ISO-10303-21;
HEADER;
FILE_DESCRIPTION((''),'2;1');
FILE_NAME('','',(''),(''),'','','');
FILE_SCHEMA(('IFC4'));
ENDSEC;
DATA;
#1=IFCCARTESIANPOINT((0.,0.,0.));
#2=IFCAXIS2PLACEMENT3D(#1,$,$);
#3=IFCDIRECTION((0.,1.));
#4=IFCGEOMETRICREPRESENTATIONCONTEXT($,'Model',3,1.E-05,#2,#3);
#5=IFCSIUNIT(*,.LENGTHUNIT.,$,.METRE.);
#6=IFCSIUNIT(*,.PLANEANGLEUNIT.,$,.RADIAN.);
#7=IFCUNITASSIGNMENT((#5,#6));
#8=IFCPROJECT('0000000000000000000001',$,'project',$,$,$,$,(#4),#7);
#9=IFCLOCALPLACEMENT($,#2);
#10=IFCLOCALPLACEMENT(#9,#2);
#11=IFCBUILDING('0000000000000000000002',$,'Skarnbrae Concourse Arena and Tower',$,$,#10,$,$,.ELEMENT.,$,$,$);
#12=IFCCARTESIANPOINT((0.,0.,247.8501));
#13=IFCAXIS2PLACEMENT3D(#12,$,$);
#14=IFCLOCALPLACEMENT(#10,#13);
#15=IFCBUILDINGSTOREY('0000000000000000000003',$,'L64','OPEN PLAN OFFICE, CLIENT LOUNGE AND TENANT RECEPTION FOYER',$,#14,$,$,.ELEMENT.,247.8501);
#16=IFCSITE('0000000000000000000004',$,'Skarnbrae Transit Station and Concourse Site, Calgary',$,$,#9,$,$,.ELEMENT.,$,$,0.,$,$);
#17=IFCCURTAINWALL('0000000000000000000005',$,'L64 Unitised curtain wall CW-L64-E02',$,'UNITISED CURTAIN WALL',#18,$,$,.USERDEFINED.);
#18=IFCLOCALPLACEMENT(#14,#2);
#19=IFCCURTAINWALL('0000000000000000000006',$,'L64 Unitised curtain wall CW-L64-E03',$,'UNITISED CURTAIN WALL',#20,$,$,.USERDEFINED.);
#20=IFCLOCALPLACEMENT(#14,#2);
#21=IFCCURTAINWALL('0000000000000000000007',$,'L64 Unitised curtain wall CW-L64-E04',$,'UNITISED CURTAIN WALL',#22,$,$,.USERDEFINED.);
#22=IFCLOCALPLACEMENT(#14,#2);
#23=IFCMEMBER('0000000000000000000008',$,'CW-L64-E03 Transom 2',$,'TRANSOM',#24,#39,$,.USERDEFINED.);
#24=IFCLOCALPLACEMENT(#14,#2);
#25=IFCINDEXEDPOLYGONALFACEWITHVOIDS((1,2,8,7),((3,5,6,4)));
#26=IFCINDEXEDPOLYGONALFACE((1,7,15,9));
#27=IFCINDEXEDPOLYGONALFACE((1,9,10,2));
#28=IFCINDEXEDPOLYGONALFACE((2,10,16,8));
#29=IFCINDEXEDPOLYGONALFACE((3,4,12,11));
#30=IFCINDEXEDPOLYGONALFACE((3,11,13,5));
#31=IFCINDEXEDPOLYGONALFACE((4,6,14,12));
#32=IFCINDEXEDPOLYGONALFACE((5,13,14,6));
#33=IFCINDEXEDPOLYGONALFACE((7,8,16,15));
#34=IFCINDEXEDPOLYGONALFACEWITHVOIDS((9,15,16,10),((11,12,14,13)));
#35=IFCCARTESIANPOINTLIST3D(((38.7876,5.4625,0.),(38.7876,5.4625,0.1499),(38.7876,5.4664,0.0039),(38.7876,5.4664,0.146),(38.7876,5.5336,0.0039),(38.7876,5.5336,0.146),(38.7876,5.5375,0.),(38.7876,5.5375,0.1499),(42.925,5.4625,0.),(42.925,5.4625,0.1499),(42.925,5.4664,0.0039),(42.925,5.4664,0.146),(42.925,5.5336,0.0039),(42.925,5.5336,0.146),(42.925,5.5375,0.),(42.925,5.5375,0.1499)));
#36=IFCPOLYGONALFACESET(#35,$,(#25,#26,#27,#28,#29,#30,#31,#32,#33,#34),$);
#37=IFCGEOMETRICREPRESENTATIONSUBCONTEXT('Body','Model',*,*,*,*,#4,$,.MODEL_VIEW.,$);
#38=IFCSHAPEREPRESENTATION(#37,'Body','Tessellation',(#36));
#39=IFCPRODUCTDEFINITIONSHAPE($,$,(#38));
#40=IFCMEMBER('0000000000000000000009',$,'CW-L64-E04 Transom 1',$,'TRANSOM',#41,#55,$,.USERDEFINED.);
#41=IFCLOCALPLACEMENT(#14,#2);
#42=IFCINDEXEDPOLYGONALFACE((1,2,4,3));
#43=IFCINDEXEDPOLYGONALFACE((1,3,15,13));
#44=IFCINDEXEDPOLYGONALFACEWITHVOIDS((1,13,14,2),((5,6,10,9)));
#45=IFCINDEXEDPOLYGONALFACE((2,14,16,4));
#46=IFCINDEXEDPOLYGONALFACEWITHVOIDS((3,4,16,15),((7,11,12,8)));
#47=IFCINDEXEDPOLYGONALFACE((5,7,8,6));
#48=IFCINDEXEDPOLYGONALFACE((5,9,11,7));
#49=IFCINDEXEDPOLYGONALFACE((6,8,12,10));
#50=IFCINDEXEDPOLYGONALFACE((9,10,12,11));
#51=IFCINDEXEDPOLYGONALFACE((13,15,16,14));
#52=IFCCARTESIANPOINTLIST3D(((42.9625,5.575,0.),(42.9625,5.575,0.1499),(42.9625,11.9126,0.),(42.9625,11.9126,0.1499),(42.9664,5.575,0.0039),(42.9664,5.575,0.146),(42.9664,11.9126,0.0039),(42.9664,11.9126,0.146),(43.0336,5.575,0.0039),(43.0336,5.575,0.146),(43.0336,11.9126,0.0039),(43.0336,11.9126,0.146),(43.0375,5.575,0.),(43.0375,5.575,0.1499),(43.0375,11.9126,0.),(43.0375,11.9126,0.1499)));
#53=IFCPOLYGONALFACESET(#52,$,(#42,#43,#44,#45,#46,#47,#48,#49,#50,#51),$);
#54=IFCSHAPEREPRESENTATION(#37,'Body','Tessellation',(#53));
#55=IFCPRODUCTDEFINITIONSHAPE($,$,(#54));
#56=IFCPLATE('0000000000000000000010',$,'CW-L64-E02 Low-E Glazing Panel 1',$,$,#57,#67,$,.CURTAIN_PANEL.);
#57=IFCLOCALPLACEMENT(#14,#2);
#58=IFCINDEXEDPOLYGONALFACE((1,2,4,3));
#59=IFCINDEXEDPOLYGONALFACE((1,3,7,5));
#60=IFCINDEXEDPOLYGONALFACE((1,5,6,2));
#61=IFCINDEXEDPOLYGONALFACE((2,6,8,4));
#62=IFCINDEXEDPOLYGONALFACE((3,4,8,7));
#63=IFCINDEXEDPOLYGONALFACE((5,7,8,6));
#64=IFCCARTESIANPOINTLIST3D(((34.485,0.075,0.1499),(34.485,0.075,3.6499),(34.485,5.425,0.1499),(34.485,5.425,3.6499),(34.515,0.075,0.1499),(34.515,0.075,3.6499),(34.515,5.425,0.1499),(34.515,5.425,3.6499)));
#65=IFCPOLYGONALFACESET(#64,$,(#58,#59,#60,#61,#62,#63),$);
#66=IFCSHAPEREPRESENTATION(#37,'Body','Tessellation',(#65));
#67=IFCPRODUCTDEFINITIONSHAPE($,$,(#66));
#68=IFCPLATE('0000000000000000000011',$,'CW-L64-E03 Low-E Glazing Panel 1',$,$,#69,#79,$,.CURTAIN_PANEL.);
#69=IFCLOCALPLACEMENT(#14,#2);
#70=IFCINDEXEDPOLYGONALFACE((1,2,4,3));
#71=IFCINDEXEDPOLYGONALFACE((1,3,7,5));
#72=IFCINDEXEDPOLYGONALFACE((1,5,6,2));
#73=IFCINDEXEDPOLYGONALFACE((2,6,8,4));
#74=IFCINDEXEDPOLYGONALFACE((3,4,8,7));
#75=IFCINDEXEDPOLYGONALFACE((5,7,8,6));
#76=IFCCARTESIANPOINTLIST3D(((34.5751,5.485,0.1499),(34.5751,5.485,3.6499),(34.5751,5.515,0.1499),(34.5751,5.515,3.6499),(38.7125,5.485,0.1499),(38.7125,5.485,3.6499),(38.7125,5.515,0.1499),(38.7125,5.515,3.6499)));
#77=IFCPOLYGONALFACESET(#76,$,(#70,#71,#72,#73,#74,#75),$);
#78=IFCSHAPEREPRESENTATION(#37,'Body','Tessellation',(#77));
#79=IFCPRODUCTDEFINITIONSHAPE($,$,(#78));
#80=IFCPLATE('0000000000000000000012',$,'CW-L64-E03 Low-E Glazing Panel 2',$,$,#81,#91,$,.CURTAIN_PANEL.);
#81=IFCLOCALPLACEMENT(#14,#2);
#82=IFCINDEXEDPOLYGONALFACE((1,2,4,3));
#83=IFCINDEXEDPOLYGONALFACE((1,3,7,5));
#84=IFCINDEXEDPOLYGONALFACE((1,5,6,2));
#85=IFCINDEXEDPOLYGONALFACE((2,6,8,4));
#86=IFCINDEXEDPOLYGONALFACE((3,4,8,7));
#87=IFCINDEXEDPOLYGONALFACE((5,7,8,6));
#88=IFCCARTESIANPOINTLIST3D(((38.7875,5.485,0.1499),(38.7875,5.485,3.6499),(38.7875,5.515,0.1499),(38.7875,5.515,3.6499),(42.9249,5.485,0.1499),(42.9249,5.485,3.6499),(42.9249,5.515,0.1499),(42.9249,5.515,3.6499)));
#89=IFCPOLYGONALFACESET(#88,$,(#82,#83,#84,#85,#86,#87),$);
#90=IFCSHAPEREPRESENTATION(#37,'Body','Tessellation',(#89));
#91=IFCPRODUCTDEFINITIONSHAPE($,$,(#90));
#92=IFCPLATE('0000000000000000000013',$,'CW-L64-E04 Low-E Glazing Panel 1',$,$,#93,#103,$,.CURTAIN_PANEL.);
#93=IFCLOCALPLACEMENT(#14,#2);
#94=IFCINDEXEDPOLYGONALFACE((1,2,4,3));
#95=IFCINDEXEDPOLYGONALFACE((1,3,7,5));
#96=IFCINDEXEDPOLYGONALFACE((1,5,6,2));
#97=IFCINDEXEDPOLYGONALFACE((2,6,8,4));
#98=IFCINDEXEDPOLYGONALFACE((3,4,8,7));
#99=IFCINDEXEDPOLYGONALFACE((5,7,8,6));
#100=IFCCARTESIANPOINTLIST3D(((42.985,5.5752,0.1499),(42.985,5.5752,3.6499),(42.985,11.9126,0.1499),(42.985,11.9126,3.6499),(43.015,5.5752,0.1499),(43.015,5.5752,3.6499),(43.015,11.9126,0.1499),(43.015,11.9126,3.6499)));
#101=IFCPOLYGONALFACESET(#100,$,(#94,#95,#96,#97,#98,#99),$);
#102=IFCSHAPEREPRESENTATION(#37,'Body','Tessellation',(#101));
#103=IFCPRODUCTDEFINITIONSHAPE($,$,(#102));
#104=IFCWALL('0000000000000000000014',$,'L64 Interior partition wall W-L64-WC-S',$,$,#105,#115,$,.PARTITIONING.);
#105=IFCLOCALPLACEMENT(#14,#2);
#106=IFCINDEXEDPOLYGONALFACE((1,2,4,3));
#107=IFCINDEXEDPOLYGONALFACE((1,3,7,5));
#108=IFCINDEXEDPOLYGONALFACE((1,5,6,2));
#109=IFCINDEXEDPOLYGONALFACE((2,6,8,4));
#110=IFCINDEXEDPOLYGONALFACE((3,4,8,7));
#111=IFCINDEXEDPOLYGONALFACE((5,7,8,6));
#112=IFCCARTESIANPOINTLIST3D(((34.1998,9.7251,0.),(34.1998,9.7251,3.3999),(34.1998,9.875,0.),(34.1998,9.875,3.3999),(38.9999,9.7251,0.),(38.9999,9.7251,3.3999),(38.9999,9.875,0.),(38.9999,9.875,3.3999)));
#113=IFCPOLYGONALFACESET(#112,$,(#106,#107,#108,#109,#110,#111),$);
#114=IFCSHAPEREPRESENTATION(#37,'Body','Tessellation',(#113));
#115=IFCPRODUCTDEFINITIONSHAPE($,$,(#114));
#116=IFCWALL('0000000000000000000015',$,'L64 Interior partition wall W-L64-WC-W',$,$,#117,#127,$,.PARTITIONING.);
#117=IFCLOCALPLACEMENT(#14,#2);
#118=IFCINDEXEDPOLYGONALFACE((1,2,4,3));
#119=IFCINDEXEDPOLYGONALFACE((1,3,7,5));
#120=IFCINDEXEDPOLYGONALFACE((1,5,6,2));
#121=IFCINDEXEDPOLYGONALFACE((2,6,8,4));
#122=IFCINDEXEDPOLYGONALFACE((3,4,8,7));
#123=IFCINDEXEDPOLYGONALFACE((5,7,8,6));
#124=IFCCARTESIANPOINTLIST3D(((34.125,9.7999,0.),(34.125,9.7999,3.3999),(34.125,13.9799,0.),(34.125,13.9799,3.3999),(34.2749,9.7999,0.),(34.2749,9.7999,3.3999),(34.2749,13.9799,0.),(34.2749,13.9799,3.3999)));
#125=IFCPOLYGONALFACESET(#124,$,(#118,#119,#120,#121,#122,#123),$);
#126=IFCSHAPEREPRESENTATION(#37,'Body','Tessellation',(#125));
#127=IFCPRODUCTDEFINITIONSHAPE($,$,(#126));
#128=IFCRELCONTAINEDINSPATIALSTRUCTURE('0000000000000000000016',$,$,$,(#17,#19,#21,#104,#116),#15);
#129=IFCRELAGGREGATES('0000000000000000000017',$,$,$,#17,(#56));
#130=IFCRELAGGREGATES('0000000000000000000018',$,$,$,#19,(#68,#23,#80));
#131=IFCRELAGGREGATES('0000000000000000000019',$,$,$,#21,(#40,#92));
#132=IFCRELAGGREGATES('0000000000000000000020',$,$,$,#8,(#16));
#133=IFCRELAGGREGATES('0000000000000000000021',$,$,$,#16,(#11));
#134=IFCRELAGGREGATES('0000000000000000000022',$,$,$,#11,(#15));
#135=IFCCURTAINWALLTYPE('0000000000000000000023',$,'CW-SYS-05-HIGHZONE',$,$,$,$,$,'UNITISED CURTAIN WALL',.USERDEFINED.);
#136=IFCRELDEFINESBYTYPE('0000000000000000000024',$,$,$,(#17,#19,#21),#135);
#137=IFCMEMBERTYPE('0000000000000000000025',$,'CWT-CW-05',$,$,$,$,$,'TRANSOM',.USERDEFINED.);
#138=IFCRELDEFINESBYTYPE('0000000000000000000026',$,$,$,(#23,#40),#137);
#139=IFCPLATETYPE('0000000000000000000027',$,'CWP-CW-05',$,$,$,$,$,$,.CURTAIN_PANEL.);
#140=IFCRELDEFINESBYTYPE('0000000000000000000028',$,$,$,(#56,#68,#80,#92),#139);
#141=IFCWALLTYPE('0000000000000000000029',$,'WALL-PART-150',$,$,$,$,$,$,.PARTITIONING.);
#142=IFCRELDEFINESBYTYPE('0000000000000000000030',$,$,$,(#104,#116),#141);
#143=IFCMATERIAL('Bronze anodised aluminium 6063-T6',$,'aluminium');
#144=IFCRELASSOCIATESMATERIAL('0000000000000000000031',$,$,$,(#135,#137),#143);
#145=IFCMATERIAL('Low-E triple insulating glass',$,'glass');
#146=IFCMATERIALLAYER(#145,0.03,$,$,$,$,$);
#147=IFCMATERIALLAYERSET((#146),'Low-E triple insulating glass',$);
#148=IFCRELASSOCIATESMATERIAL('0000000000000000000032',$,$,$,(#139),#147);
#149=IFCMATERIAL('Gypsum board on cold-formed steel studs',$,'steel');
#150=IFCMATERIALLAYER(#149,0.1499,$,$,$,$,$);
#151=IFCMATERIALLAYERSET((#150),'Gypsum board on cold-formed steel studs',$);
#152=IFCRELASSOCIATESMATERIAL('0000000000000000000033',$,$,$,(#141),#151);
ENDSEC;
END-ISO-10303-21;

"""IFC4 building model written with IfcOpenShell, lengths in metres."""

from ifc_helpers import new_model, si_unit, direction, frame, frame_2d, origin, origin_2d, place, context, subcontext, project, spatial, rectangle, hollow_rectangle, extrude, source, transform, mapped, material, layer, layer_set, material_profile, profile_set, type_object, element, aggregate, save


model = new_model("IFC4")

# Units and contexts
model_context = context("Model", 3, precision=1e-05, world=origin(), true_north=direction((0.0, 1.0)))
body_context = subcontext(model_context, "Body", "Model", "MODEL_VIEW")
ifc_project = project(units=[si_unit("LENGTHUNIT", "METRE"), si_unit("PLANEANGLEUNIT", "RADIAN")], contexts=[model_context])

# Site, building, storey
site_placement = place(None, origin())
site = spatial("IfcSite", under=ifc_project, at=site_placement, Name="Skarnbrae Transit Station and Concourse Site, Calgary", CompositionType="ELEMENT", RefElevation=0.0)
building_placement = place(site_placement, origin())
building = spatial("IfcBuilding", under=site, at=building_placement, Name="Skarnbrae Concourse Arena and Tower", CompositionType="ELEMENT")
storey_placement = place(building_placement, frame((0.0, 0.0, 247.8501)))
storey = spatial("IfcBuildingStorey", under=building, at=storey_placement, Name="L64", Description="OPEN PLAN OFFICE, CLIENT LOUNGE AND TENANT RECEPTION FOYER", CompositionType="ELEMENT", Elevation=247.8501)

# Curtain walls
ifc_material_1 = material(Name="Bronze anodised aluminium 6063-T6", Category="aluminium")
curtain_wall_type = type_object("IfcCurtainWallType", Name="CW-SYS-05-HIGHZONE", ElementType="UNITISED CURTAIN WALL", PredefinedType="USERDEFINED", material=ifc_material_1)
curtain_wall_1_placement = place(storey_placement, origin())
curtain_wall_1 = element("IfcCurtainWall", 1, at=curtain_wall_1_placement, inside=storey, type_object=curtain_wall_type, Name="L64 Unitised curtain wall CW-L64-E02", ObjectType="UNITISED CURTAIN WALL", PredefinedType="USERDEFINED")
curtain_wall_2_placement = place(storey_placement, origin())
curtain_wall_2 = element("IfcCurtainWall", 2, at=curtain_wall_2_placement, inside=storey, type_object=curtain_wall_type, Name="L64 Unitised curtain wall CW-L64-E03", ObjectType="UNITISED CURTAIN WALL", PredefinedType="USERDEFINED")

# Curtain wall
curtain_wall_3_placement = place(storey_placement, origin())
curtain_wall_3 = element("IfcCurtainWall", 3, at=curtain_wall_3_placement, inside=storey, type_object=curtain_wall_type, Name="L64 Unitised curtain wall CW-L64-E04", ObjectType="UNITISED CURTAIN WALL", PredefinedType="USERDEFINED")

# Members
ifc_material_profile_1 = material_profile(ifc_material_1, hollow_rectangle(XDim=0.075, YDim=0.1499, WallThickness=0.0039, at=origin_2d()), Name="ALU-TRAN-75X150")
ifc_profile_set_1 = profile_set([ifc_material_profile_1], Name="Bronze anodised aluminium 6063-T6")
member_type_1 = type_object("IfcMemberType", Name="CWT-CW-05", ElementType="TRANSOM", PredefinedType="USERDEFINED", material=ifc_profile_set_1)
shared_shape_1 = source(origin(), body_context, "Body", "SweptSolid", [
    extrude(hollow_rectangle(XDim=0.075, YDim=0.1499, WallThickness=0.0039, at=origin_2d()), origin(), (0.0, 0.0, 1.0), 4.1375),
])
member_1_placement = place(storey_placement, frame((38.7876, 5.5, 0.075), z_axis=(1.0, 0.0, 0.0), x_axis=(0.0, 1.0, 0.0)))
member_1 = element("IfcMember", 4, at=member_1_placement, type_object=member_type_1, Name="CW-L64-E03 Transom 2", ObjectType="TRANSOM", PredefinedType="USERDEFINED", context=body_context, shape_type="MappedRepresentation", body=[
    mapped(shared_shape_1, transform((0.0, 0.0, 0.0))),
])
shared_shape_2 = source(origin(), body_context, "Body", "SweptSolid", [
    extrude(hollow_rectangle(XDim=0.075, YDim=0.1499, WallThickness=0.0039, at=origin_2d()), origin(), (0.0, 0.0, 1.0), 6.3376),
])
member_2_placement = place(storey_placement, frame((43.0, 5.575, 0.075), z_axis=(0.0, 1.0, 0.0), x_axis=(-1.0, 0.0, 0.0)))
member_2 = element("IfcMember", 5, at=member_2_placement, type_object=member_type_1, Name="CW-L64-E04 Transom 1", ObjectType="TRANSOM", PredefinedType="USERDEFINED", context=body_context, shape_type="MappedRepresentation", body=[
    mapped(shared_shape_2, transform((0.0, 0.0, 0.0))),
])

# Plates
ifc_material_2 = material(Name="Low-E triple insulating glass", Category="glass")
ifc_layer_1 = layer(ifc_material_2, 0.03)
ifc_layer_set_1 = layer_set([ifc_layer_1], Name="Low-E triple insulating glass")
plate_type = type_object("IfcPlateType", Name="CWP-CW-05", PredefinedType="CURTAIN_PANEL", material=ifc_layer_set_1)
shared_shape_3 = source(origin(), body_context, "Body", "SweptSolid", [
    extrude(rectangle(XDim=5.3501, YDim=0.03, at=origin_2d()), origin(), (0.0, 0.0, 1.0), 3.5),
])
plate_1_placement = place(storey_placement, frame((34.5, 2.75, 0.1499), z_axis=(0.0, 0.0, 1.0), x_axis=(0.0, 1.0, 0.0)))
plate_1 = element("IfcPlate", 6, at=plate_1_placement, type_object=plate_type, Name="CW-L64-E02 Low-E Glazing Panel 1", PredefinedType="CURTAIN_PANEL", context=body_context, shape_type="MappedRepresentation", body=[
    mapped(shared_shape_3, transform((0.0, 0.0, 0.0))),
])
aggregate(curtain_wall_1, [plate_1])
shared_shape_4 = source(origin(), body_context, "Body", "SweptSolid", [
    extrude(rectangle(XDim=4.1375, YDim=0.03, at=origin_2d()), origin(), (0.0, 0.0, 1.0), 3.5),
])
plate_2_placement = place(storey_placement, frame((36.6438, 5.5, 0.1499), z_axis=(0.0, 0.0, 1.0), x_axis=(1.0, 0.0, 0.0)))
plate_2 = element("IfcPlate", 7, at=plate_2_placement, type_object=plate_type, Name="CW-L64-E03 Low-E Glazing Panel 1", PredefinedType="CURTAIN_PANEL", context=body_context, shape_type="MappedRepresentation", body=[
    mapped(shared_shape_4, transform((0.0, 0.0, 0.0))),
])
plate_3_placement = place(storey_placement, frame((40.8562, 5.5, 0.1499), z_axis=(0.0, 0.0, 1.0), x_axis=(1.0, 0.0, 0.0)))
plate_3 = element("IfcPlate", 8, at=plate_3_placement, type_object=plate_type, Name="CW-L64-E03 Low-E Glazing Panel 2", PredefinedType="CURTAIN_PANEL", context=body_context, shape_type="MappedRepresentation", body=[
    mapped(shared_shape_4, transform((0.0, 0.0, 0.0))),
])
aggregate(curtain_wall_2, [plate_2, member_1, plate_3])
shared_shape_5 = source(origin(), body_context, "Body", "SweptSolid", [
    extrude(rectangle(XDim=6.3374, YDim=0.03, at=origin_2d()), origin(), (0.0, 0.0, 1.0), 3.5),
])
plate_4_placement = place(storey_placement, frame((43.0, 8.7439, 0.1499), z_axis=(0.0, 0.0, 1.0), x_axis=(0.0, 1.0, 0.0)))
plate_4 = element("IfcPlate", 9, at=plate_4_placement, type_object=plate_type, Name="CW-L64-E04 Low-E Glazing Panel 1", PredefinedType="CURTAIN_PANEL", context=body_context, shape_type="MappedRepresentation", body=[
    mapped(shared_shape_5, transform((0.0, 0.0, 0.0))),
])
aggregate(curtain_wall_3, [member_2, plate_4])

# Walls
ifc_material_3 = material(Name="Gypsum board on cold-formed steel studs", Category="steel")
ifc_layer_2 = layer(ifc_material_3, 0.1499)
ifc_layer_set_2 = layer_set([ifc_layer_2], Name="Gypsum board on cold-formed steel studs")
wall_type = type_object("IfcWallType", Name="WALL-PART-150", PredefinedType="PARTITIONING", material=ifc_layer_set_2)
shared_shape_6 = source(origin(), body_context, "Body", "SweptSolid", [
    extrude(rectangle(XDim=4.8, YDim=0.1499, at=frame_2d((2.3999, 0.0))), origin(), (0.0, 0.0, 1.0), 3.3999),
])
wall_1_placement = place(storey_placement, frame((34.2, 9.8, 0.0), z_axis=(0.0, 0.0, 1.0), x_axis=(1.0, 0.0, 0.0)))
element("IfcWall", 10, at=wall_1_placement, inside=storey, type_object=wall_type, Name="L64 Interior partition wall W-L64-WC-S", PredefinedType="PARTITIONING", context=body_context, shape_type="MappedRepresentation", body=[
    mapped(shared_shape_6, transform((0.0, 0.0, 0.0))),
])
shared_shape_7 = source(origin(), body_context, "Body", "SweptSolid", [
    extrude(rectangle(XDim=4.1799, YDim=0.1499, at=frame_2d((2.0898, 0.0))), origin(), (0.0, 0.0, 1.0), 3.3999),
])
wall_2_placement = place(storey_placement, frame((34.2, 9.8, 0.0), z_axis=(0.0, 0.0, 1.0), x_axis=(0.0, 1.0, 0.0)))
element("IfcWall", 11, at=wall_2_placement, inside=storey, type_object=wall_type, Name="L64 Interior partition wall W-L64-WC-W", PredefinedType="PARTITIONING", context=body_context, shape_type="MappedRepresentation", body=[
    mapped(shared_shape_7, transform((0.0, 0.0, 0.0))),
])

save(model, "model.ifc")
